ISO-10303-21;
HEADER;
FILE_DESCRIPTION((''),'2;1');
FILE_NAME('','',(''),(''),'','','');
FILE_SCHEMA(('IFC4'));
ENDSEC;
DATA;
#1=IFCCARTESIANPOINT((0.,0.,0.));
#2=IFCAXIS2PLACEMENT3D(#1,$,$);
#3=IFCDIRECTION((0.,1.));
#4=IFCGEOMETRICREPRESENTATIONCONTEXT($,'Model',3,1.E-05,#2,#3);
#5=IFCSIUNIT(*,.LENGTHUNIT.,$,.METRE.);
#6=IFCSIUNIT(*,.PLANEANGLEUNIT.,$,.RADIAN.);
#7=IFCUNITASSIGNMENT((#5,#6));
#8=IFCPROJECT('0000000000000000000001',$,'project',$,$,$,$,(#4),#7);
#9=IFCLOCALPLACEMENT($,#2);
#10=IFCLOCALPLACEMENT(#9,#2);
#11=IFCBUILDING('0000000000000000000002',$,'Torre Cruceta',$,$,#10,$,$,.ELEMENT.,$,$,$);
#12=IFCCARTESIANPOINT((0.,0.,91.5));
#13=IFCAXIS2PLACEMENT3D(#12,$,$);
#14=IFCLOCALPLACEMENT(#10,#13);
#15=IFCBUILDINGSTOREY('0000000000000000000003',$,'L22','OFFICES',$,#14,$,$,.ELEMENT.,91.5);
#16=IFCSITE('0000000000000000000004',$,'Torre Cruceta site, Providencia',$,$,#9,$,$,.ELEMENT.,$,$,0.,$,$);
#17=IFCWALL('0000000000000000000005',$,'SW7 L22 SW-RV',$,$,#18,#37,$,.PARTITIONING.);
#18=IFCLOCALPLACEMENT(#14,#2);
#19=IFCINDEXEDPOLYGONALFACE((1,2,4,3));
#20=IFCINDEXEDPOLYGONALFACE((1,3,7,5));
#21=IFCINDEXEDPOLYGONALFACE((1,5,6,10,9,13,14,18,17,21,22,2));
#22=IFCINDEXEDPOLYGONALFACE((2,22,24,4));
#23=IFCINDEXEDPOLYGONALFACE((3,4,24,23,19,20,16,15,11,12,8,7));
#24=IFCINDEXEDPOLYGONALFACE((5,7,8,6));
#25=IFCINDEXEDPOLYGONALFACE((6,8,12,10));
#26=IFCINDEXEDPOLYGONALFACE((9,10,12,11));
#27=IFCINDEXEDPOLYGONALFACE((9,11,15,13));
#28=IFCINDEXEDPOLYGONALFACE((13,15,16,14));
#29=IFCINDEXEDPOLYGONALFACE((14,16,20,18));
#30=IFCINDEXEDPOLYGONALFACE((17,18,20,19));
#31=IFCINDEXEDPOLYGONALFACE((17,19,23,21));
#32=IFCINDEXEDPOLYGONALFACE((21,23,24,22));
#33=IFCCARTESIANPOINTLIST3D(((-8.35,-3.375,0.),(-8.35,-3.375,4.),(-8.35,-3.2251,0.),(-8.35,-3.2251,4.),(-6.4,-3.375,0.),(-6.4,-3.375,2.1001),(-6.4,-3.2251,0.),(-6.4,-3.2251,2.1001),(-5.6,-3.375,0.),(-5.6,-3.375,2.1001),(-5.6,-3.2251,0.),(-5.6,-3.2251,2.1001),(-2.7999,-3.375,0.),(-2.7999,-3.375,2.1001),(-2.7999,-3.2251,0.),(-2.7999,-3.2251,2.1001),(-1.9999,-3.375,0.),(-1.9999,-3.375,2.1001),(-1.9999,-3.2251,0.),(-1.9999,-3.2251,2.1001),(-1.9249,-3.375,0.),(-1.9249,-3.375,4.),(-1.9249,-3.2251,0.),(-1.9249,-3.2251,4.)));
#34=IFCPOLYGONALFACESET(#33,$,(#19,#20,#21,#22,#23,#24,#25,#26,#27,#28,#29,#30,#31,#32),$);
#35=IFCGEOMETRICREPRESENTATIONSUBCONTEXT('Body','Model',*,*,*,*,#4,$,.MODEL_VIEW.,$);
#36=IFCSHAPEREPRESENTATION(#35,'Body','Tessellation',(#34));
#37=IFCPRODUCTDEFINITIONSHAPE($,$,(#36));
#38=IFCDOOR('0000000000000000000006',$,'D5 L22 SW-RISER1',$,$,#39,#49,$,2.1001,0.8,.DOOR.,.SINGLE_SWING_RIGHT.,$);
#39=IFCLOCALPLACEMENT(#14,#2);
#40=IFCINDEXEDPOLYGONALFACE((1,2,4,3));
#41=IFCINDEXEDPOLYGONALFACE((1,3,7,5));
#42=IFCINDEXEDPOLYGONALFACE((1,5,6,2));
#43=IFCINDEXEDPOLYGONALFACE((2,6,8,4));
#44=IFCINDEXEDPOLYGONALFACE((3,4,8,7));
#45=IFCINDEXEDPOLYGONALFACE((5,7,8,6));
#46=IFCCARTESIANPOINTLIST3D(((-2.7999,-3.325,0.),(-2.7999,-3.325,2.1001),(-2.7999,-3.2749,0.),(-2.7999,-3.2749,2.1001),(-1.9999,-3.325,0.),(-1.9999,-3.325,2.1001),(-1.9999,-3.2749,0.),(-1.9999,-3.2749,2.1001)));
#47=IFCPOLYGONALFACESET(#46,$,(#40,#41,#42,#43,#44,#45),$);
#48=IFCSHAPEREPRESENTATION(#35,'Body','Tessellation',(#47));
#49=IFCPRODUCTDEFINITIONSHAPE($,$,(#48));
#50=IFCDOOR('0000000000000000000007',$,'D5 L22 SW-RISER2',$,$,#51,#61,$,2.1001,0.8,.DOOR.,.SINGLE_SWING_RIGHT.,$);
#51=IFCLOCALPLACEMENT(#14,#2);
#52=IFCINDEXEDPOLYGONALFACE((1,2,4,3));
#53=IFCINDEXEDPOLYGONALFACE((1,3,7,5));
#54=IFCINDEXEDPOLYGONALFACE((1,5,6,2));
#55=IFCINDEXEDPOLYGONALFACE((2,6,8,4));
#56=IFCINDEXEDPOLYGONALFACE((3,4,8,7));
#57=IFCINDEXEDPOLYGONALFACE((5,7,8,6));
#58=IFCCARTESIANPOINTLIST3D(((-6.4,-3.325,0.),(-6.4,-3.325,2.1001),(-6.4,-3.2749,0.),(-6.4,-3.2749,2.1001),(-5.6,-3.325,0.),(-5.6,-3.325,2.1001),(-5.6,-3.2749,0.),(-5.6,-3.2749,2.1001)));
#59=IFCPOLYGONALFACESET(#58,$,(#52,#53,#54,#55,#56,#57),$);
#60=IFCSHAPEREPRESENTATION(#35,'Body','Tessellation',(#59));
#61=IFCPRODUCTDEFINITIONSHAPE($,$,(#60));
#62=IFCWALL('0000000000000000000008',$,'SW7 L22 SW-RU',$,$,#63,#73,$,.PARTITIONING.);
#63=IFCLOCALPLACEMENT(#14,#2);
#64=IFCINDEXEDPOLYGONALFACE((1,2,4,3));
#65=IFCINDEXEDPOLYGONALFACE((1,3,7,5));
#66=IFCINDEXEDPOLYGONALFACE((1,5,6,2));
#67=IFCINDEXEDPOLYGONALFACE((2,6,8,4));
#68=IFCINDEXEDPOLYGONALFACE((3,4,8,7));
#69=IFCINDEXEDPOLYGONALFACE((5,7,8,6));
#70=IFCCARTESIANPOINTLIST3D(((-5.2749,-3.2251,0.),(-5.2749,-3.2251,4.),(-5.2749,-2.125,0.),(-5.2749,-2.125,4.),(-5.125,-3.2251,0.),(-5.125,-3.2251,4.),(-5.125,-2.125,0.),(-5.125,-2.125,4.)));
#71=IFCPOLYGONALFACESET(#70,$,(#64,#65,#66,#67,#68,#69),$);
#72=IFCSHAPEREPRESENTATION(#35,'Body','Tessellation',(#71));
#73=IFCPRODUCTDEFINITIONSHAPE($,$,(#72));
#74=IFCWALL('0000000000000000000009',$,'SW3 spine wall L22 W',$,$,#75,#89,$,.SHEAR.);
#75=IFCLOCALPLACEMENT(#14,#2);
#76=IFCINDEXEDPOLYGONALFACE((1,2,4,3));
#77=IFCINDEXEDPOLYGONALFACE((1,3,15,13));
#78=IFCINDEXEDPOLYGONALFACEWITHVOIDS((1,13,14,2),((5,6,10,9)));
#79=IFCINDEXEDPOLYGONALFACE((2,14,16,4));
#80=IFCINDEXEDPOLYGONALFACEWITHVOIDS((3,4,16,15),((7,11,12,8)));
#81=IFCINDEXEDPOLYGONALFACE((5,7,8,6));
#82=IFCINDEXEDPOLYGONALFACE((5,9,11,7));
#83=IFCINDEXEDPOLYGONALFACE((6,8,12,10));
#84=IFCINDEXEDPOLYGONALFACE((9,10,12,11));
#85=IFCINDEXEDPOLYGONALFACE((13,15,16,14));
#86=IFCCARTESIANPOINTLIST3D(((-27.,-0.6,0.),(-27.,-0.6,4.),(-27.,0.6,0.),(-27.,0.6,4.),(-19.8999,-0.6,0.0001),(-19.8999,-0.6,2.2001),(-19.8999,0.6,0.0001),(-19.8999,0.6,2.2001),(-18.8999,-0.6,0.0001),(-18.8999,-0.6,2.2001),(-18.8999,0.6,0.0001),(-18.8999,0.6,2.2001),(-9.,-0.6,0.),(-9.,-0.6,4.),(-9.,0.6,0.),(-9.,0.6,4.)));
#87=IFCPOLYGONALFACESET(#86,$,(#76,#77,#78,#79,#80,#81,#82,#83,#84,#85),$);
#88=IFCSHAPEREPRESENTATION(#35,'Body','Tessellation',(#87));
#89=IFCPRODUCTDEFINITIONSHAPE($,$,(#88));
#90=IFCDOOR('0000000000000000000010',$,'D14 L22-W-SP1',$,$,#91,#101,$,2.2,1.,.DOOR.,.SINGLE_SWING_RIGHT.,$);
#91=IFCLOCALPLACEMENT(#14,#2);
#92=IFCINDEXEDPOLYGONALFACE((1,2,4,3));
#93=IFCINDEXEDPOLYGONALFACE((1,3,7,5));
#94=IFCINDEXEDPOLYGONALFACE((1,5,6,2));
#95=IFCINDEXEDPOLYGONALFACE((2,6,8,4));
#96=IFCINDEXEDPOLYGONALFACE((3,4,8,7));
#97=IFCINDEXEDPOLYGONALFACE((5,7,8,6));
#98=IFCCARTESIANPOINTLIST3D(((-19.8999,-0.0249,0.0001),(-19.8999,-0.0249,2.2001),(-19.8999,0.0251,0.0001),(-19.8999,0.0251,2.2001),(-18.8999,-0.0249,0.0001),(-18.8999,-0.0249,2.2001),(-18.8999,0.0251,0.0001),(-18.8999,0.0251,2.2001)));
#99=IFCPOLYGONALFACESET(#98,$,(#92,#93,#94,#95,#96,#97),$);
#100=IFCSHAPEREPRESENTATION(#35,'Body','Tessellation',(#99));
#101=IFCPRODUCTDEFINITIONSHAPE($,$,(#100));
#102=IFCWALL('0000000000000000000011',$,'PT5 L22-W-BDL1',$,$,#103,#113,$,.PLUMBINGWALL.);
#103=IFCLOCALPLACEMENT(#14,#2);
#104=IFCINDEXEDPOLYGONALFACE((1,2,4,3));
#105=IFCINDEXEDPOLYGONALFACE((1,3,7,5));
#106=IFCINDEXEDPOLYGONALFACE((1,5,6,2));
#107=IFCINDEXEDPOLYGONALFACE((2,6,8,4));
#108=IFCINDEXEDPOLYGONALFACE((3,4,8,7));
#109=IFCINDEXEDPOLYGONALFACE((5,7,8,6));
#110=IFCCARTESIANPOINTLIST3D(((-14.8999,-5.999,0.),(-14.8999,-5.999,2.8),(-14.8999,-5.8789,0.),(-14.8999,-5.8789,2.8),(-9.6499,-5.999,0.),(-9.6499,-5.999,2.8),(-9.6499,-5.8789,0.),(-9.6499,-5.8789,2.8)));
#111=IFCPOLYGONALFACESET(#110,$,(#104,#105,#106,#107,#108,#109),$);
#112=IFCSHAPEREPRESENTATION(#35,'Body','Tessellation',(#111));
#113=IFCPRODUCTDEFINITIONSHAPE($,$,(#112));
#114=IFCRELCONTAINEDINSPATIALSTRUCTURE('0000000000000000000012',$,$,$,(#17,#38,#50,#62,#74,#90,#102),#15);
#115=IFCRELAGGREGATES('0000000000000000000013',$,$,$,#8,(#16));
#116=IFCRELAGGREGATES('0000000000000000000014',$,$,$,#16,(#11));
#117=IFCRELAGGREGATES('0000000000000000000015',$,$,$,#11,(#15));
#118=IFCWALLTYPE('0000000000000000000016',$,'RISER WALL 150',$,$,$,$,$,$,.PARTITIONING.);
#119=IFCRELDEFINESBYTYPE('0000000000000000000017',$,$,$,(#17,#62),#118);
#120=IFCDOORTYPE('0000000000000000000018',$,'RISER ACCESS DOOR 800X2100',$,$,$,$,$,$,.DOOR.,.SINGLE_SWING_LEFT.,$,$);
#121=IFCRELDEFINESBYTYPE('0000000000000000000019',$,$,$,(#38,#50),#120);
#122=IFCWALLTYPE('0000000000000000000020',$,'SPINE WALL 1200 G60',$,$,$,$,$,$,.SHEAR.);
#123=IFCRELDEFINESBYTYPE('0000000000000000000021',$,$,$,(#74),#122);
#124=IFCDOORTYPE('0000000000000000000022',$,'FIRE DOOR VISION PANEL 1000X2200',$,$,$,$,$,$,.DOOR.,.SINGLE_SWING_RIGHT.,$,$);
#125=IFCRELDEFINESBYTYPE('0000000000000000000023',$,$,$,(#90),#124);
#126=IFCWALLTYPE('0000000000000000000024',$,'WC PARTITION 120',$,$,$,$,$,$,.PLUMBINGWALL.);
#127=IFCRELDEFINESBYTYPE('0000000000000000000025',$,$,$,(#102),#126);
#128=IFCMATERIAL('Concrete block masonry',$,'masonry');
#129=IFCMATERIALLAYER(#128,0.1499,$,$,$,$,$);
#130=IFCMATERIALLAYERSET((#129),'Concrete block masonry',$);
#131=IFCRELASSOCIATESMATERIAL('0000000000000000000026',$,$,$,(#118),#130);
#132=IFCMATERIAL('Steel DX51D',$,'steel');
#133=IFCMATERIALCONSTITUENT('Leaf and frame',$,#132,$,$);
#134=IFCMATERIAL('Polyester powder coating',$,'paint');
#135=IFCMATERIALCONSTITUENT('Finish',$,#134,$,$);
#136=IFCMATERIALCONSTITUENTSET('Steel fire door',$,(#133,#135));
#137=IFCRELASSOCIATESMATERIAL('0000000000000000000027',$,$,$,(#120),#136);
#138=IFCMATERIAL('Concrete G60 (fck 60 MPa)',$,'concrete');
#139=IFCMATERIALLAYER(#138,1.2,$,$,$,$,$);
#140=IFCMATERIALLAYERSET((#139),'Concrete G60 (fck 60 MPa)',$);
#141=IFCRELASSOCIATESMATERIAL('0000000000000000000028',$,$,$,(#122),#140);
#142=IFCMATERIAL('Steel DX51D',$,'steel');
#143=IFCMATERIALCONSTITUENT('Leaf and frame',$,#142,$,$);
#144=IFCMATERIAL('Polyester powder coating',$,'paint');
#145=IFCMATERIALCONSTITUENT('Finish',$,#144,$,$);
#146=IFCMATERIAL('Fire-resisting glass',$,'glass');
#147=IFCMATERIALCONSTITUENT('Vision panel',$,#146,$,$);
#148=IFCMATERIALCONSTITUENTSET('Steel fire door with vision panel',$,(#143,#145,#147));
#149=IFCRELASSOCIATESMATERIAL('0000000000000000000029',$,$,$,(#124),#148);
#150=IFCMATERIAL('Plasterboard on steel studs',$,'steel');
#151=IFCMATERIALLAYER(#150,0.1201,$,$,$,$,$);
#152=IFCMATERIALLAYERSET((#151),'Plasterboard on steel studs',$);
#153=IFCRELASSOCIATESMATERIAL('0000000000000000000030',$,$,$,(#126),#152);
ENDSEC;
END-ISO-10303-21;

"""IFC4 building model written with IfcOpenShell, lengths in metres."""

from ifc_helpers import new_model, si_unit, direction, frame, frame_2d, origin, place, context, subcontext, project, spatial, rectangle, extrude, material, layer, layer_set, constituent, constituent_set, type_object, element, fill, save


model = new_model("IFC4")

# Units and contexts
model_context = context("Model", 3, precision=1e-05, world=origin(), true_north=direction((0.0, 1.0)))
body_context = subcontext(model_context, "Body", "Model", "MODEL_VIEW")
ifc_project = project(units=[si_unit("LENGTHUNIT", "METRE"), si_unit("PLANEANGLEUNIT", "RADIAN")], contexts=[model_context])

# Site, building, storey
site_placement = place(None, origin())
site = spatial("IfcSite", under=ifc_project, at=site_placement, Name="Torre Cruceta site, Providencia", CompositionType="ELEMENT", RefElevation=0.0)
building_placement = place(site_placement, origin())
building = spatial("IfcBuilding", under=site, at=building_placement, Name="Torre Cruceta", CompositionType="ELEMENT")
storey_placement = place(building_placement, frame((0.0, 0.0, 91.5)))
storey = spatial("IfcBuildingStorey", under=building, at=storey_placement, Name="L22", Description="OFFICES", CompositionType="ELEMENT", Elevation=91.5)

# Wall, openings, doors
ifc_material_1 = material(Name="Concrete block masonry", Category="masonry")
ifc_layer_1 = layer(ifc_material_1, 0.1499)
ifc_layer_set_1 = layer_set([ifc_layer_1], Name="Concrete block masonry")
wall_type_1 = type_object("IfcWallType", Name="RISER WALL 150", PredefinedType="PARTITIONING", material=ifc_layer_set_1)
wall_1_placement = place(storey_placement, frame((-1.925, -3.3, 0.0), z_axis=(0.0, 0.0, 1.0), x_axis=(-1.0, 0.0, 0.0)))
wall_1 = element("IfcWall", 1, at=wall_1_placement, inside=storey, type_object=wall_type_1, Name="SW7 L22 SW-RV", PredefinedType="PARTITIONING", context=body_context, shape_type="SweptSolid", body=[
    extrude(rectangle(XDim=6.425, YDim=0.1499, at=frame_2d((3.2124, 0.0))), origin(), (0.0, 0.0, 1.0), 4.0),
])
opening_1_placement = place(wall_1_placement, frame((0.075, 0.0, 0.0)))
opening_1 = element("IfcOpeningElement", 2, at=opening_1_placement, cuts=wall_1, PredefinedType="OPENING", context=body_context, shape_type="SweptSolid", body=[
    extrude(rectangle(XDim=0.8, YDim=2.1001, at=frame_2d((0.3999, 1.05))), frame((0.0, 0.085, 0.0), z_axis=(0.0, -1.0, 0.0), x_axis=(1.0, 0.0, 0.0)), (0.0, 0.0, 1.0), 0.1699),
])
opening_2_placement = place(wall_1_placement, frame((3.675, 0.0, 0.0)))
opening_2 = element("IfcOpeningElement", 3, at=opening_2_placement, cuts=wall_1, PredefinedType="OPENING", context=body_context, shape_type="SweptSolid", body=[
    extrude(rectangle(XDim=0.8, YDim=2.1001, at=frame_2d((0.3999, 1.05))), frame((0.0, 0.085, 0.0), z_axis=(0.0, -1.0, 0.0), x_axis=(1.0, 0.0, 0.0)), (0.0, 0.0, 1.0), 0.1699),
])
ifc_material_2 = material(Name="Steel DX51D", Category="steel")
ifc_constituent_1 = constituent(ifc_material_2, Name="Leaf and frame")
ifc_material_3 = material(Name="Polyester powder coating", Category="paint")
ifc_constituent_2 = constituent(ifc_material_3, Name="Finish")
ifc_constituent_set_1 = constituent_set(constituents=[ifc_constituent_1, ifc_constituent_2], Name="Steel fire door")
door_type_1 = type_object("IfcDoorType", Name="RISER ACCESS DOOR 800X2100", OperationType="SINGLE_SWING_LEFT", PredefinedType="DOOR", material=ifc_constituent_set_1)
door_1_placement = place(opening_1_placement, frame((0.8, 0.0, 0.0), z_axis=(0.0, 0.0, 1.0), x_axis=(-1.0, 0.0, 0.0)))
door_1 = element("IfcDoor", 4, at=door_1_placement, inside=storey, type_object=door_type_1, Name="D5 L22 SW-RISER1", OperationType="SINGLE_SWING_RIGHT", OverallHeight=2.1001, OverallWidth=0.8, PredefinedType="DOOR", context=body_context, shape_type="SweptSolid", body=[
    extrude(rectangle(XDim=0.8, YDim=2.1001, at=frame_2d((0.4001, 1.05))), frame((0.0, 0.0251, 0.0), z_axis=(0.0, -1.0, 0.0), x_axis=(1.0, 0.0, 0.0)), (0.0, 0.0, 1.0), 0.05),
])
fill(opening_1, door_1)
door_2_placement = place(opening_2_placement, frame((0.8, 0.0, 0.0), z_axis=(0.0, 0.0, 1.0), x_axis=(-1.0, 0.0, 0.0)))
door_2 = element("IfcDoor", 5, at=door_2_placement, inside=storey, type_object=door_type_1, Name="D5 L22 SW-RISER2", OperationType="SINGLE_SWING_RIGHT", OverallHeight=2.1001, OverallWidth=0.8, PredefinedType="DOOR", context=body_context, shape_type="SweptSolid", body=[
    extrude(rectangle(XDim=0.8, YDim=2.1001, at=frame_2d((0.4001, 1.05))), frame((0.0, 0.0251, 0.0), z_axis=(0.0, -1.0, 0.0), x_axis=(1.0, 0.0, 0.0)), (0.0, 0.0, 1.0), 0.05),
])
fill(opening_2, door_2)

# Wall
wall_2_placement = place(storey_placement, frame((-5.2, -2.125, 0.0), z_axis=(0.0, 0.0, 1.0), x_axis=(0.0, -1.0, 0.0)))
element("IfcWall", 6, at=wall_2_placement, inside=storey, type_object=wall_type_1, Name="SW7 L22 SW-RU", PredefinedType="PARTITIONING", context=body_context, shape_type="SweptSolid", body=[
    extrude(rectangle(XDim=1.1001, YDim=0.1499, at=frame_2d((0.55, 0.0))), origin(), (0.0, 0.0, 1.0), 4.0),
])

# Wall, opening, door
ifc_material_4 = material(Name="Concrete G60 (fck 60 MPa)", Category="concrete")
ifc_layer_2 = layer(ifc_material_4, 1.2)
ifc_layer_set_2 = layer_set([ifc_layer_2], Name="Concrete G60 (fck 60 MPa)")
wall_type_2 = type_object("IfcWallType", Name="SPINE WALL 1200 G60", PredefinedType="SHEAR", material=ifc_layer_set_2)
wall_3_placement = place(storey_placement, frame((-9.0, 0.0, 0.0), z_axis=(0.0, 0.0, 1.0), x_axis=(-1.0, 0.0, 0.0)))
wall_3 = element("IfcWall", 7, at=wall_3_placement, inside=storey, type_object=wall_type_2, Name="SW3 spine wall L22 W", PredefinedType="SHEAR", context=body_context, shape_type="SweptSolid", body=[
    extrude(rectangle(XDim=18.0, YDim=1.2, at=frame_2d((9.0, 0.0))), origin(), (0.0, 0.0, 1.0), 4.0),
])
opening_3_placement = place(wall_3_placement, frame((9.8999, 0.0, 0.0)))
opening_3 = element("IfcOpeningElement", 8, at=opening_3_placement, cuts=wall_3, PredefinedType="OPENING", context=body_context, shape_type="SweptSolid", body=[
    extrude(rectangle(XDim=1.0, YDim=2.2, at=frame_2d((0.5, 1.1001))), frame((0.0, 0.6099, 0.0), z_axis=(0.0, -1.0, 0.0), x_axis=(1.0, 0.0, 0.0)), (0.0, 0.0, 1.0), 1.22),
])
ifc_material_5 = material(Name="Steel DX51D", Category="steel")
ifc_constituent_3 = constituent(ifc_material_5, Name="Leaf and frame")
ifc_material_6 = material(Name="Polyester powder coating", Category="paint")
ifc_constituent_4 = constituent(ifc_material_6, Name="Finish")
ifc_material_7 = material(Name="Fire-resisting glass", Category="glass")
ifc_constituent_5 = constituent(ifc_material_7, Name="Vision panel")
ifc_constituent_set_2 = constituent_set(constituents=[ifc_constituent_3, ifc_constituent_4, ifc_constituent_5], Name="Steel fire door with vision panel")
door_type_2 = type_object("IfcDoorType", Name="FIRE DOOR VISION PANEL 1000X2200", OperationType="SINGLE_SWING_RIGHT", PredefinedType="DOOR", material=ifc_constituent_set_2)
door_3_placement = place(opening_3_placement, origin())
door_3 = element("IfcDoor", 9, at=door_3_placement, inside=storey, type_object=door_type_2, Name="D14 L22-W-SP1", OperationType="SINGLE_SWING_RIGHT", OverallHeight=2.2, OverallWidth=1.0, PredefinedType="DOOR", context=body_context, shape_type="SweptSolid", body=[
    extrude(rectangle(XDim=1.0, YDim=2.2, at=frame_2d((0.5, 1.1001))), frame((0.0, 0.0249, 0.0), z_axis=(0.0, -1.0, 0.0), x_axis=(1.0, 0.0, 0.0)), (0.0, 0.0, 1.0), 0.05),
])
fill(opening_3, door_3)

# Wall
ifc_material_8 = material(Name="Plasterboard on steel studs", Category="steel")
ifc_layer_3 = layer(ifc_material_8, 0.1201)
ifc_layer_set_3 = layer_set([ifc_layer_3], Name="Plasterboard on steel studs")
wall_type_3 = type_object("IfcWallType", Name="WC PARTITION 120", PredefinedType="PLUMBINGWALL", material=ifc_layer_set_3)
wall_4_placement = place(storey_placement, frame((-9.6499, -5.939, 0.0), z_axis=(0.0, 0.0, 1.0), x_axis=(-1.0, 0.0, 0.0)))
element("IfcWall", 10, at=wall_4_placement, inside=storey, type_object=wall_type_3, Name="PT5 L22-W-BDL1", PredefinedType="PLUMBINGWALL", context=body_context, shape_type="SweptSolid", body=[
    extrude(rectangle(XDim=5.25, YDim=0.1201, at=frame_2d((2.625, 0.0))), origin(), (0.0, 0.0, 1.0), 2.8),
])

save(model, "model.ifc")
